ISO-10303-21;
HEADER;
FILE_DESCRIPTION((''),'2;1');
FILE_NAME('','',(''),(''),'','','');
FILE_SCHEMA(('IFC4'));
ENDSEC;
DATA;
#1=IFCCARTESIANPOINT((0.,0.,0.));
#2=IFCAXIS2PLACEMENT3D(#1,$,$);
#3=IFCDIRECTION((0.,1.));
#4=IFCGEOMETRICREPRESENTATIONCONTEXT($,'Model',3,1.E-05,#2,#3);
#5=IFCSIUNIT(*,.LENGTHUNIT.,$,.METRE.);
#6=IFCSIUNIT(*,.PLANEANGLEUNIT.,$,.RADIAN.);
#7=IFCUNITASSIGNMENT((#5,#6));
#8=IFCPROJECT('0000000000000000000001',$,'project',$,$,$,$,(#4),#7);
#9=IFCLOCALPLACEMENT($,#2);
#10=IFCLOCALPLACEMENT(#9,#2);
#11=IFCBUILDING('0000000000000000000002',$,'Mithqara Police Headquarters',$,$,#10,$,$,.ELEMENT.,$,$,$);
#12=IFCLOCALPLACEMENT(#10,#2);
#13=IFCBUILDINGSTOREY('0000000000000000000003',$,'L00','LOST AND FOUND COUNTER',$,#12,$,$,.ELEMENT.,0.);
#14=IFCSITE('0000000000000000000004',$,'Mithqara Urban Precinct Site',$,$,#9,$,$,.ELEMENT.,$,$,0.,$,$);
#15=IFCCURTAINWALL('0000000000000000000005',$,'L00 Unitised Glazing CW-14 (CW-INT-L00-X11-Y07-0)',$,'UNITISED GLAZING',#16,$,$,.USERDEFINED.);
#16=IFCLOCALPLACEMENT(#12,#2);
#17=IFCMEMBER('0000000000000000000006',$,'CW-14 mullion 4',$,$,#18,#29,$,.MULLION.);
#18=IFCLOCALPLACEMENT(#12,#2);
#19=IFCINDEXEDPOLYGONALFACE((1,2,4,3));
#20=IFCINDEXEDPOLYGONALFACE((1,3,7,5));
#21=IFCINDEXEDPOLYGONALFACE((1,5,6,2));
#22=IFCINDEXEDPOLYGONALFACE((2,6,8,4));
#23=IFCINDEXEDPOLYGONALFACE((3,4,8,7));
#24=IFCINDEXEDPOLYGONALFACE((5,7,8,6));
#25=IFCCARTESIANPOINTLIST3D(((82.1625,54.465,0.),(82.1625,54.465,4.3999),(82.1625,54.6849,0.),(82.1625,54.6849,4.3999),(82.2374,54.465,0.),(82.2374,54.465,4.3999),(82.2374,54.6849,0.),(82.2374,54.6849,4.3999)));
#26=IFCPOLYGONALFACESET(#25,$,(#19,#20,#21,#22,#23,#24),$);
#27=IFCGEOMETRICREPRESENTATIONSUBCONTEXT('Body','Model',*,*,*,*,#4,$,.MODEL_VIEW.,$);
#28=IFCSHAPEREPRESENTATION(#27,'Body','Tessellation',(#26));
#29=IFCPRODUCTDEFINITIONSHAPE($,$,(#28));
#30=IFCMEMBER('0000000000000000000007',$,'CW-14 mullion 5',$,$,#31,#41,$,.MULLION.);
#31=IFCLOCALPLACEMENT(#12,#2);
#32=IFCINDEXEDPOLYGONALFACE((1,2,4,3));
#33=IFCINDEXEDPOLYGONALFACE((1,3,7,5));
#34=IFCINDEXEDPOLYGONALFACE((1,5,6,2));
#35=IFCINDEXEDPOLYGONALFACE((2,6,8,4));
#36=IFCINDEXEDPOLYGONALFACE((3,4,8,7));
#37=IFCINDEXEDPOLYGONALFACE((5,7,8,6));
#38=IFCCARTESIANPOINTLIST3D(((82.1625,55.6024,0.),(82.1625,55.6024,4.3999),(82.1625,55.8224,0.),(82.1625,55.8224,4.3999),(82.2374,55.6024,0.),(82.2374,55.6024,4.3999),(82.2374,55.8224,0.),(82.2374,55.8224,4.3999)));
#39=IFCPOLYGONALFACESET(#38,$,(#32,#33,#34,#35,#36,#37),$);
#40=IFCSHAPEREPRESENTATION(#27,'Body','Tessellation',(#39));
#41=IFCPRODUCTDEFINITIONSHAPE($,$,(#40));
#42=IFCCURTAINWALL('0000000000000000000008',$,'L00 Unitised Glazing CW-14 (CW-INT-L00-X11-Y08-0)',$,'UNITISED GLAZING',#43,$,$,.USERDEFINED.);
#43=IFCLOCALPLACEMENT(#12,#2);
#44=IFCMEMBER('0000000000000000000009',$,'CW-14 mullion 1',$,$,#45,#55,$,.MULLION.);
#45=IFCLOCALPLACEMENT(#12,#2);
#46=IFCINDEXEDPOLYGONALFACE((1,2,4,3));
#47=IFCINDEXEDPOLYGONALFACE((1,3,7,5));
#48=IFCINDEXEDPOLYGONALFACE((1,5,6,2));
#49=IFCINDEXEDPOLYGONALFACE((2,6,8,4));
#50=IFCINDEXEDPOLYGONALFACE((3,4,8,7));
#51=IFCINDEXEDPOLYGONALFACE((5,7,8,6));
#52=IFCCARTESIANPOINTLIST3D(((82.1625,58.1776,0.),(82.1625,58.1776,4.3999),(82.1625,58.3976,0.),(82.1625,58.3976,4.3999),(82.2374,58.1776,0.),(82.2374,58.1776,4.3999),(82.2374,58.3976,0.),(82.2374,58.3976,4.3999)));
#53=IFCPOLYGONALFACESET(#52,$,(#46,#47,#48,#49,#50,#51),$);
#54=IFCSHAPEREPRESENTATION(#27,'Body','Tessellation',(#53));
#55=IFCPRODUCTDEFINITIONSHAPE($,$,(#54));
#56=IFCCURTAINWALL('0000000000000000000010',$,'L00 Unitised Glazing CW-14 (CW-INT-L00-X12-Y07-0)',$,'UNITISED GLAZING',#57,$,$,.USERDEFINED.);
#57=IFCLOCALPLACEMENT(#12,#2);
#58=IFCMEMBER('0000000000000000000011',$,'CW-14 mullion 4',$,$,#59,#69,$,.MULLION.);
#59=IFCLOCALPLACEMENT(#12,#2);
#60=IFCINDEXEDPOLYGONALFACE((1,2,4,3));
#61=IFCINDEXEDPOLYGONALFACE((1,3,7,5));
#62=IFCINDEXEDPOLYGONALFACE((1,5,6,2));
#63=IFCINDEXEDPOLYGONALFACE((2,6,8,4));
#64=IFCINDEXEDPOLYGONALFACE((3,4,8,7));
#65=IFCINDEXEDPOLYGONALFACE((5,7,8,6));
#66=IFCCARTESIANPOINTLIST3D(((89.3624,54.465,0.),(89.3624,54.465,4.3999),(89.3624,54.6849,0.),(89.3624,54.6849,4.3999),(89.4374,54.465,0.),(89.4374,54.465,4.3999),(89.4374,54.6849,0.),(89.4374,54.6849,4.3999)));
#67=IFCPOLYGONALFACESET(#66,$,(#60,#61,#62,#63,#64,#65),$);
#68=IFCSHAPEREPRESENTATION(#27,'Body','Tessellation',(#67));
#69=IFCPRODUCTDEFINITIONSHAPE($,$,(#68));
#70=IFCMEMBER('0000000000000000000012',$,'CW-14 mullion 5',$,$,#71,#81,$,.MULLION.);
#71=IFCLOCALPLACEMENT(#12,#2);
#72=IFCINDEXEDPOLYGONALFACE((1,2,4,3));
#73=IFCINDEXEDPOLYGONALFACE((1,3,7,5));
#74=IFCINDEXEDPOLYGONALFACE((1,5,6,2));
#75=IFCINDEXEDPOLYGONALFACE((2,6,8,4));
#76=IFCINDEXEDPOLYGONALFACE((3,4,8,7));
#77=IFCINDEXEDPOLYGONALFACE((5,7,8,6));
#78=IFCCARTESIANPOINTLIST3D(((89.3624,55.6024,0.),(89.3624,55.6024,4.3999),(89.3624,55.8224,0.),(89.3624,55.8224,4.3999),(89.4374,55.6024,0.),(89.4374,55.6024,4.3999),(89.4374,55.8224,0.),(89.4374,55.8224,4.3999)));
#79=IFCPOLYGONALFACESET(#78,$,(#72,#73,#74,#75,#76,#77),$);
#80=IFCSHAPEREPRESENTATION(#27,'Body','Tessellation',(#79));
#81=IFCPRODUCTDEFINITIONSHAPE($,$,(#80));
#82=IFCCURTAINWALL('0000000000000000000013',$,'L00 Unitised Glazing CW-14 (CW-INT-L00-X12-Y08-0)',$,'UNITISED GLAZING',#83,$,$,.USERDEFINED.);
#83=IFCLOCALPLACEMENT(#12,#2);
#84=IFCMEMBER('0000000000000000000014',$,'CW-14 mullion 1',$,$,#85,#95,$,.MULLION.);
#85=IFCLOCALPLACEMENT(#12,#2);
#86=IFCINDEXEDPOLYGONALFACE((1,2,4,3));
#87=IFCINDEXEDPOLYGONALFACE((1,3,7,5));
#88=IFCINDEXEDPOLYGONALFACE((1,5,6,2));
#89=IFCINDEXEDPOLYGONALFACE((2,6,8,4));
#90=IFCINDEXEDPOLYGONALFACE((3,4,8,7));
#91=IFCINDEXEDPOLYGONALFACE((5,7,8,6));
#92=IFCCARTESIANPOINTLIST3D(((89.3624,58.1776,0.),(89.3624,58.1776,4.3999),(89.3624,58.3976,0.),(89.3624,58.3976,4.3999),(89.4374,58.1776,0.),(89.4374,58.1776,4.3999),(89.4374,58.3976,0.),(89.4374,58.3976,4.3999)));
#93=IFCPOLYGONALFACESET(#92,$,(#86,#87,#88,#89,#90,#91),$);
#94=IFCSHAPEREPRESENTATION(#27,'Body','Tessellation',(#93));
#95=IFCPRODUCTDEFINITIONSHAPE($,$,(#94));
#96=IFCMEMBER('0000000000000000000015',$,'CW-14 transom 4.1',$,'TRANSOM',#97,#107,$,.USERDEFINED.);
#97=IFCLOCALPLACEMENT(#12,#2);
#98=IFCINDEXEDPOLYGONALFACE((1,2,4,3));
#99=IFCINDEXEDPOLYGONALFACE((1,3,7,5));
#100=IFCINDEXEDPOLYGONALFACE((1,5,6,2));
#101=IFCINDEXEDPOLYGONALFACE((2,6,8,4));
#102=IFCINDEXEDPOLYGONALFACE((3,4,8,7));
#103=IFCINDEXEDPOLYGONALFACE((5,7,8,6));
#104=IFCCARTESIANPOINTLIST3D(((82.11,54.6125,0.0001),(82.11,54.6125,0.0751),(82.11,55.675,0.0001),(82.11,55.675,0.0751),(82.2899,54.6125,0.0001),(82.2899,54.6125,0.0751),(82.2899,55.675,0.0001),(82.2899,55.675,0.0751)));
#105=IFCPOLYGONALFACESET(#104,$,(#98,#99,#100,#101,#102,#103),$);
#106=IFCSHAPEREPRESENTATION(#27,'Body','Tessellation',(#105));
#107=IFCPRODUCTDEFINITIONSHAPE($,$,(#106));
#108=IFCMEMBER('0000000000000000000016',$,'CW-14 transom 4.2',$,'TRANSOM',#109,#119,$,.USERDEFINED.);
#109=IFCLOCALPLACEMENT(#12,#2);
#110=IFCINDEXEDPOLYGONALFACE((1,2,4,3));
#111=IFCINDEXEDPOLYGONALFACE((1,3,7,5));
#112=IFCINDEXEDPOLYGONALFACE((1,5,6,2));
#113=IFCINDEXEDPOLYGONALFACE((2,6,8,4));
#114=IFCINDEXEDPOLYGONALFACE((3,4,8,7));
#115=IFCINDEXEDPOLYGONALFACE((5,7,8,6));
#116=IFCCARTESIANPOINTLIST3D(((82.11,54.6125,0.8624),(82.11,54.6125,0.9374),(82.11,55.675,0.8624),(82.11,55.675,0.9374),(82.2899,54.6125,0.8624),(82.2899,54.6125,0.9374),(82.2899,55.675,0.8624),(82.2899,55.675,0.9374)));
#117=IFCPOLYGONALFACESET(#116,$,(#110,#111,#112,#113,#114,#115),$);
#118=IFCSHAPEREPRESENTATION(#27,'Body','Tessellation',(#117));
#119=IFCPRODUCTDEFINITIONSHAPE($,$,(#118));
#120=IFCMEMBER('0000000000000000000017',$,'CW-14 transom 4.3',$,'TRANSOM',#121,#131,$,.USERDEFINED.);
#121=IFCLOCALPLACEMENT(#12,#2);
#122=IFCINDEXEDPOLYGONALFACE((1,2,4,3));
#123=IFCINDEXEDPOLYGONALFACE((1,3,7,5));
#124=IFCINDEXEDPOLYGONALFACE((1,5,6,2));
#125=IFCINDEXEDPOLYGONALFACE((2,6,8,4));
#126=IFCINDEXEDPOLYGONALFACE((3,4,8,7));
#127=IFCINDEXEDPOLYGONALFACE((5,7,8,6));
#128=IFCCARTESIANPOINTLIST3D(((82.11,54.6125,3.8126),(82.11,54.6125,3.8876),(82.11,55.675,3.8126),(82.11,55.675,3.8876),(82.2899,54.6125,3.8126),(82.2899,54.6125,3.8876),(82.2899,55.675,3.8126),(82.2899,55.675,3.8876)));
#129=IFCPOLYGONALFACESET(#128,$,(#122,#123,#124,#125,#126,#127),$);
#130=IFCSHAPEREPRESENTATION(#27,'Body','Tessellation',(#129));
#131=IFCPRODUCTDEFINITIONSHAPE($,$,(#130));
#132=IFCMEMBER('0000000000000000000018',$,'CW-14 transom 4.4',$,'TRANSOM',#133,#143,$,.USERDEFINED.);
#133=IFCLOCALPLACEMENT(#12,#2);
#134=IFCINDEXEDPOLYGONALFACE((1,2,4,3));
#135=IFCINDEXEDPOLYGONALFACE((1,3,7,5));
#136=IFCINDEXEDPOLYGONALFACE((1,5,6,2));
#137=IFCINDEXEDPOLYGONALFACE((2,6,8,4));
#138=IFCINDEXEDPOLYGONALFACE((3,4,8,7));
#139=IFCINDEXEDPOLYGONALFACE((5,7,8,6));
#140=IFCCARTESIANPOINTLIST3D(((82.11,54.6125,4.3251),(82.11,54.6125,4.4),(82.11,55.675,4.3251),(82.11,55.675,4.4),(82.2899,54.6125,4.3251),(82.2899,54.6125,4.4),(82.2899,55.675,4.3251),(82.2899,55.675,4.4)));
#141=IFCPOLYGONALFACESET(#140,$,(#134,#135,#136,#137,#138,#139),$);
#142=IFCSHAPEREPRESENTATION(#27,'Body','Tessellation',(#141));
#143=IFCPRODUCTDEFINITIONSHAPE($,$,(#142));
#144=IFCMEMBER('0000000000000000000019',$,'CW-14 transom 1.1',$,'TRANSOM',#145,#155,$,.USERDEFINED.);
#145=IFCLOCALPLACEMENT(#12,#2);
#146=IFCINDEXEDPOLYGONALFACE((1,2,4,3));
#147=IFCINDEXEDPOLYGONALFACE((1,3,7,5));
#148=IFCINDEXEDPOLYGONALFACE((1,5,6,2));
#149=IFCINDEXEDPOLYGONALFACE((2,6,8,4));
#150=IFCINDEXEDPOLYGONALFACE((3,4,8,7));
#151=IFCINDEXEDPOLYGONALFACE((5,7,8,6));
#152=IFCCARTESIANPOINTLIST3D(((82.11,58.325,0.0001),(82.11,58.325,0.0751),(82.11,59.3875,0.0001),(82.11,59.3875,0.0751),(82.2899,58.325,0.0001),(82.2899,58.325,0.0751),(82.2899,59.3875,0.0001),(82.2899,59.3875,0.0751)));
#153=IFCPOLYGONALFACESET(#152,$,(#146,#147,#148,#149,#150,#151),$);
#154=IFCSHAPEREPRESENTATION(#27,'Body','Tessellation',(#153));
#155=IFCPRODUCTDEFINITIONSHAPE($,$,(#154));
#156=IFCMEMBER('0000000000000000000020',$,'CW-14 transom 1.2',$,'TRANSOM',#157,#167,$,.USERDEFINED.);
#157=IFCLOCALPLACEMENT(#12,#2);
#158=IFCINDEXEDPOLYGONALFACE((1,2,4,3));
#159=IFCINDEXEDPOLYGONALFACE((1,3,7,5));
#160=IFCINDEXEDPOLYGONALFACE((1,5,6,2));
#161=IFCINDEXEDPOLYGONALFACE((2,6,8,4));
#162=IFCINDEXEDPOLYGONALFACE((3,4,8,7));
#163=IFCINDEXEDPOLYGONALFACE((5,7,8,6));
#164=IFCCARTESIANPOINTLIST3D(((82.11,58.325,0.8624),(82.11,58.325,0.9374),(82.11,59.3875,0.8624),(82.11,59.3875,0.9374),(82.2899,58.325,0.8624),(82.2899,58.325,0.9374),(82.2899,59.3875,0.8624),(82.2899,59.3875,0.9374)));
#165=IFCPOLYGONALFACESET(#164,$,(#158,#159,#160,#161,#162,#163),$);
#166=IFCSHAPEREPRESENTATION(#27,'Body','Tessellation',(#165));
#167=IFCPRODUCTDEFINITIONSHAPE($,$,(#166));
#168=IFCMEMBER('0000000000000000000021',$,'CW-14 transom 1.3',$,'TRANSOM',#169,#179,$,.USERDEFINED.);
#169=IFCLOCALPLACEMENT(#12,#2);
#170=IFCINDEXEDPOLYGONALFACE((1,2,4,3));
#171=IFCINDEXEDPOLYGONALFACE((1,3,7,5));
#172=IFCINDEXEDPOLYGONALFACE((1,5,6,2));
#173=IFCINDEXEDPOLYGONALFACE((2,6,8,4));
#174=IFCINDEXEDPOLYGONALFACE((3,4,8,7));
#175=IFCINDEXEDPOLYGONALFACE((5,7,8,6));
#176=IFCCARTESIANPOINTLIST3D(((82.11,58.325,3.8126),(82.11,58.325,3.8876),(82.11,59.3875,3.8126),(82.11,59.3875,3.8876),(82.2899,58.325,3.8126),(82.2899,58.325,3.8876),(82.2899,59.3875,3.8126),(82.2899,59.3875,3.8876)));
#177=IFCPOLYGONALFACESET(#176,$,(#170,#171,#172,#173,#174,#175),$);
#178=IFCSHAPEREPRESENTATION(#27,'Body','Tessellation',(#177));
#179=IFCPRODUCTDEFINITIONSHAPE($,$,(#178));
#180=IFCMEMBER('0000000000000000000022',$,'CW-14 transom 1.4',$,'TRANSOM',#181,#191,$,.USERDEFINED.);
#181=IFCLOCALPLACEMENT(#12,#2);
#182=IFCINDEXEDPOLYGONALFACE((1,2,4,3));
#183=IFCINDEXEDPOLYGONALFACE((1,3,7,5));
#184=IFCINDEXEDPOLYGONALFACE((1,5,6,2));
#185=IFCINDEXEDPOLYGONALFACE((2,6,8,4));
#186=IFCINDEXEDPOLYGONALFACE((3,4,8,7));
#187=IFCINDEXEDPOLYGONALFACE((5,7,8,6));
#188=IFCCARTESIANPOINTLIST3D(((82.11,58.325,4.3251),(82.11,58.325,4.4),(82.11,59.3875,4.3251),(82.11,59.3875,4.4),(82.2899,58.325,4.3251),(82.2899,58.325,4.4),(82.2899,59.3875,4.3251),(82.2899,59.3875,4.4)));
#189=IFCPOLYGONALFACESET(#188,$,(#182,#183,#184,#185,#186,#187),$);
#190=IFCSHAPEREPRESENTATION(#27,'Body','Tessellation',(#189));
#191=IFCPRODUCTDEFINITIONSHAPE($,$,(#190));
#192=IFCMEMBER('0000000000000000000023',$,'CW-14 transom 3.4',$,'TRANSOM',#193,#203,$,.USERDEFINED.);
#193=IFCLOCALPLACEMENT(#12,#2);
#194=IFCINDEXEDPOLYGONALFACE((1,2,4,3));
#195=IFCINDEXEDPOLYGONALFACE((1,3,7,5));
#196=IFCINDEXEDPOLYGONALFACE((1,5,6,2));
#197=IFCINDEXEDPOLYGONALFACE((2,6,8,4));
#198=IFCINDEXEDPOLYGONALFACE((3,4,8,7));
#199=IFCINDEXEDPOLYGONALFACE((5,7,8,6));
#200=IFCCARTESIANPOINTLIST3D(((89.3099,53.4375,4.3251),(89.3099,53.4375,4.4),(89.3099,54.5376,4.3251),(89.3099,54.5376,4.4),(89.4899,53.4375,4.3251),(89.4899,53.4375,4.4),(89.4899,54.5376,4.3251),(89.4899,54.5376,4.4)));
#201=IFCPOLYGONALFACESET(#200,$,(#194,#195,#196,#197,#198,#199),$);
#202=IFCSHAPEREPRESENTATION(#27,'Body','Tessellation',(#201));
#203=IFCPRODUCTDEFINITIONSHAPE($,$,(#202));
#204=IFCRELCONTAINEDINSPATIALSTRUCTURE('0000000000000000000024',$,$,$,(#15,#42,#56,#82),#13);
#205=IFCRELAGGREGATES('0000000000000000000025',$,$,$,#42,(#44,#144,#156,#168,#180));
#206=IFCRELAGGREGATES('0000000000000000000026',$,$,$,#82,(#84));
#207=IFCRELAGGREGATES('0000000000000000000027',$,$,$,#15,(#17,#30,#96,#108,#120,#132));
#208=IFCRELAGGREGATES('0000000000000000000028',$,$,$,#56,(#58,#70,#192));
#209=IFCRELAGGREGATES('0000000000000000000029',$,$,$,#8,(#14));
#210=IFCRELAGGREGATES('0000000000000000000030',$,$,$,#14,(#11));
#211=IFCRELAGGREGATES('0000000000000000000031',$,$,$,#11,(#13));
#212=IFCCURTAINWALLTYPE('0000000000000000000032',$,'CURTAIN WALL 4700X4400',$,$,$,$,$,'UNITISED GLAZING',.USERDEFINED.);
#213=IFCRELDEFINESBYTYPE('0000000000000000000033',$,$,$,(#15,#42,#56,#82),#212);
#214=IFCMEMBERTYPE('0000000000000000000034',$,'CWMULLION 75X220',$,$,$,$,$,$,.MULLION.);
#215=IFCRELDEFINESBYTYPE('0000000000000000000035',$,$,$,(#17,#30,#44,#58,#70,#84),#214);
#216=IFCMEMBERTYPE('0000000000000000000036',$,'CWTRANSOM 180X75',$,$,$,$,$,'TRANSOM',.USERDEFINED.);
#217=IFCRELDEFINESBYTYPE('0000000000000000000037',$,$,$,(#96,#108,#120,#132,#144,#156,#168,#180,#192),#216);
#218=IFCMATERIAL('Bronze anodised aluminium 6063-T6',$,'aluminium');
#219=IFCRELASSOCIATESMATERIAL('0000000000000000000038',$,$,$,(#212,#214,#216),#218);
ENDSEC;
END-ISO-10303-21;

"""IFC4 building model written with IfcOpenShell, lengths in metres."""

from ifc_helpers import new_model, si_unit, direction, frame, origin, origin_2d, place, context, subcontext, project, spatial, rectangle, extrude, material, material_profile, profile_set, type_object, element, aggregate, save


model = new_model("IFC4")

# Units and contexts
model_context = context("Model", 3, precision=1e-05, world=origin(), true_north=direction((0.0, 1.0)))
body_context = subcontext(model_context, "Body", "Model", "MODEL_VIEW")
ifc_project = project(units=[si_unit("LENGTHUNIT", "METRE"), si_unit("PLANEANGLEUNIT", "RADIAN")], contexts=[model_context])

# Site, building, storey
site_placement = place(None, origin())
site = spatial("IfcSite", under=ifc_project, at=site_placement, Name="Mithqara Urban Precinct Site", CompositionType="ELEMENT", RefElevation=0.0)
building_placement = place(site_placement, origin())
building = spatial("IfcBuilding", under=site, at=building_placement, Name="Mithqara Police Headquarters", CompositionType="ELEMENT")
storey_placement = place(building_placement, origin())
storey = spatial("IfcBuildingStorey", under=building, at=storey_placement, Name="L00", Description="LOST AND FOUND COUNTER", CompositionType="ELEMENT", Elevation=0.0)

# Curtain wall, members
ifc_material_1 = material(Name="Bronze anodised aluminium 6063-T6", Category="aluminium")
curtain_wall_type = type_object("IfcCurtainWallType", Name="CURTAIN WALL 4700X4400", ElementType="UNITISED GLAZING", PredefinedType="USERDEFINED", material=ifc_material_1)
curtain_wall_1_placement = place(storey_placement, origin())
curtain_wall_1 = element("IfcCurtainWall", 1, at=curtain_wall_1_placement, inside=storey, type_object=curtain_wall_type, Name="L00 Unitised Glazing CW-14 (CW-INT-L00-X11-Y07-0)", ObjectType="UNITISED GLAZING", PredefinedType="USERDEFINED")
ifc_material_profile_1 = material_profile(ifc_material_1, rectangle(XDim=0.075, YDim=0.22, at=origin_2d()), Name="CWM 75x220")
ifc_profile_set_1 = profile_set([ifc_material_profile_1], Name="Bronze anodised aluminium 6063-T6")
member_type_1 = type_object("IfcMemberType", Name="CWMULLION 75X220", PredefinedType="MULLION", material=ifc_profile_set_1)
member_1_placement = place(storey_placement, frame((82.2, 54.575, 0.0), z_axis=(0.0, 0.0, 1.0), x_axis=(-1.0, 0.0, 0.0)))
member_1 = element("IfcMember", 2, at=member_1_placement, type_object=member_type_1, Name="CW-14 mullion 4", PredefinedType="MULLION", context=body_context, shape_type="SweptSolid", body=[
    extrude(rectangle(XDim=0.075, YDim=0.22, at=origin_2d()), origin(), (0.0, 0.0, 1.0), 4.3999),
])
member_2_placement = place(storey_placement, frame((82.2, 55.7124, 0.0), z_axis=(0.0, 0.0, 1.0), x_axis=(-1.0, 0.0, 0.0)))
member_2 = element("IfcMember", 3, at=member_2_placement, type_object=member_type_1, Name="CW-14 mullion 5", PredefinedType="MULLION", context=body_context, shape_type="SweptSolid", body=[
    extrude(rectangle(XDim=0.075, YDim=0.22, at=origin_2d()), origin(), (0.0, 0.0, 1.0), 4.3999),
])

# Curtain wall, member
curtain_wall_2_placement = place(storey_placement, origin())
curtain_wall_2 = element("IfcCurtainWall", 4, at=curtain_wall_2_placement, inside=storey, type_object=curtain_wall_type, Name="L00 Unitised Glazing CW-14 (CW-INT-L00-X11-Y08-0)", ObjectType="UNITISED GLAZING", PredefinedType="USERDEFINED")
member_3_placement = place(storey_placement, frame((82.2, 58.2876, 0.0), z_axis=(0.0, 0.0, 1.0), x_axis=(-1.0, 0.0, 0.0)))
member_3 = element("IfcMember", 5, at=member_3_placement, type_object=member_type_1, Name="CW-14 mullion 1", PredefinedType="MULLION", context=body_context, shape_type="SweptSolid", body=[
    extrude(rectangle(XDim=0.075, YDim=0.22, at=origin_2d()), origin(), (0.0, 0.0, 1.0), 4.3999),
])

# Curtain wall, members
curtain_wall_3_placement = place(storey_placement, origin())
curtain_wall_3 = element("IfcCurtainWall", 6, at=curtain_wall_3_placement, inside=storey, type_object=curtain_wall_type, Name="L00 Unitised Glazing CW-14 (CW-INT-L00-X12-Y07-0)", ObjectType="UNITISED GLAZING", PredefinedType="USERDEFINED")
member_4_placement = place(storey_placement, frame((89.3999, 54.575, 0.0), z_axis=(0.0, 0.0, 1.0), x_axis=(-1.0, 0.0, 0.0)))
member_4 = element("IfcMember", 7, at=member_4_placement, type_object=member_type_1, Name="CW-14 mullion 4", PredefinedType="MULLION", context=body_context, shape_type="SweptSolid", body=[
    extrude(rectangle(XDim=0.075, YDim=0.22, at=origin_2d()), origin(), (0.0, 0.0, 1.0), 4.3999),
])
member_5_placement = place(storey_placement, frame((89.3999, 55.7124, 0.0), z_axis=(0.0, 0.0, 1.0), x_axis=(-1.0, 0.0, 0.0)))
member_5 = element("IfcMember", 8, at=member_5_placement, type_object=member_type_1, Name="CW-14 mullion 5", PredefinedType="MULLION", context=body_context, shape_type="SweptSolid", body=[
    extrude(rectangle(XDim=0.075, YDim=0.22, at=origin_2d()), origin(), (0.0, 0.0, 1.0), 4.3999),
])

# Curtain wall, member
curtain_wall_4_placement = place(storey_placement, origin())
curtain_wall_4 = element("IfcCurtainWall", 9, at=curtain_wall_4_placement, inside=storey, type_object=curtain_wall_type, Name="L00 Unitised Glazing CW-14 (CW-INT-L00-X12-Y08-0)", ObjectType="UNITISED GLAZING", PredefinedType="USERDEFINED")
member_6_placement = place(storey_placement, frame((89.3999, 58.2876, 0.0), z_axis=(0.0, 0.0, 1.0), x_axis=(-1.0, 0.0, 0.0)))
member_6 = element("IfcMember", 10, at=member_6_placement, type_object=member_type_1, Name="CW-14 mullion 1", PredefinedType="MULLION", context=body_context, shape_type="SweptSolid", body=[
    extrude(rectangle(XDim=0.075, YDim=0.22, at=origin_2d()), origin(), (0.0, 0.0, 1.0), 4.3999),
])

# Members
ifc_material_profile_2 = material_profile(ifc_material_1, rectangle(XDim=0.1799, YDim=0.075, at=origin_2d()), Name="CWT 180x75")
ifc_profile_set_2 = profile_set([ifc_material_profile_2], Name="Bronze anodised aluminium 6063-T6")
member_type_2 = type_object("IfcMemberType", Name="CWTRANSOM 180X75", ElementType="TRANSOM", PredefinedType="USERDEFINED", material=ifc_profile_set_2)
member_7_placement = place(storey_placement, frame((82.2, 54.6125, 0.0376), z_axis=(0.0, 1.0, 0.0), x_axis=(-1.0, 0.0, 0.0)))
member_7 = element("IfcMember", 11, at=member_7_placement, type_object=member_type_2, Name="CW-14 transom 4.1", ObjectType="TRANSOM", PredefinedType="USERDEFINED", context=body_context, shape_type="SweptSolid", body=[
    extrude(rectangle(XDim=0.1799, YDim=0.075, at=origin_2d()), origin(), (0.0, 0.0, 1.0), 1.0625),
])
member_8_placement = place(storey_placement, frame((82.2, 54.6125, 0.8999), z_axis=(0.0, 1.0, 0.0), x_axis=(-1.0, 0.0, 0.0)))
member_8 = element("IfcMember", 12, at=member_8_placement, type_object=member_type_2, Name="CW-14 transom 4.2", ObjectType="TRANSOM", PredefinedType="USERDEFINED", context=body_context, shape_type="SweptSolid", body=[
    extrude(rectangle(XDim=0.1799, YDim=0.075, at=origin_2d()), origin(), (0.0, 0.0, 1.0), 1.0625),
])
member_9_placement = place(storey_placement, frame((82.2, 54.6125, 3.8501), z_axis=(0.0, 1.0, 0.0), x_axis=(-1.0, 0.0, 0.0)))
member_9 = element("IfcMember", 13, at=member_9_placement, type_object=member_type_2, Name="CW-14 transom 4.3", ObjectType="TRANSOM", PredefinedType="USERDEFINED", context=body_context, shape_type="SweptSolid", body=[
    extrude(rectangle(XDim=0.1799, YDim=0.075, at=origin_2d()), origin(), (0.0, 0.0, 1.0), 1.0625),
])
member_10_placement = place(storey_placement, frame((82.2, 54.6125, 4.3625), z_axis=(0.0, 1.0, 0.0), x_axis=(-1.0, 0.0, 0.0)))
member_10 = element("IfcMember", 14, at=member_10_placement, type_object=member_type_2, Name="CW-14 transom 4.4", ObjectType="TRANSOM", PredefinedType="USERDEFINED", context=body_context, shape_type="SweptSolid", body=[
    extrude(rectangle(XDim=0.1799, YDim=0.075, at=origin_2d()), origin(), (0.0, 0.0, 1.0), 1.0625),
])
member_11_placement = place(storey_placement, frame((82.2, 58.325, 0.0376), z_axis=(0.0, 1.0, 0.0), x_axis=(-1.0, 0.0, 0.0)))
member_11 = element("IfcMember", 15, at=member_11_placement, type_object=member_type_2, Name="CW-14 transom 1.1", ObjectType="TRANSOM", PredefinedType="USERDEFINED", context=body_context, shape_type="SweptSolid", body=[
    extrude(rectangle(XDim=0.1799, YDim=0.075, at=origin_2d()), origin(), (0.0, 0.0, 1.0), 1.0625),
])
member_12_placement = place(storey_placement, frame((82.2, 58.325, 0.8999), z_axis=(0.0, 1.0, 0.0), x_axis=(-1.0, 0.0, 0.0)))
member_12 = element("IfcMember", 16, at=member_12_placement, type_object=member_type_2, Name="CW-14 transom 1.2", ObjectType="TRANSOM", PredefinedType="USERDEFINED", context=body_context, shape_type="SweptSolid", body=[
    extrude(rectangle(XDim=0.1799, YDim=0.075, at=origin_2d()), origin(), (0.0, 0.0, 1.0), 1.0625),
])
member_13_placement = place(storey_placement, frame((82.2, 58.325, 3.8501), z_axis=(0.0, 1.0, 0.0), x_axis=(-1.0, 0.0, 0.0)))
member_13 = element("IfcMember", 17, at=member_13_placement, type_object=member_type_2, Name="CW-14 transom 1.3", ObjectType="TRANSOM", PredefinedType="USERDEFINED", context=body_context, shape_type="SweptSolid", body=[
    extrude(rectangle(XDim=0.1799, YDim=0.075, at=origin_2d()), origin(), (0.0, 0.0, 1.0), 1.0625),
])
member_14_placement = place(storey_placement, frame((82.2, 58.325, 4.3625), z_axis=(0.0, 1.0, 0.0), x_axis=(-1.0, 0.0, 0.0)))
member_14 = element("IfcMember", 18, at=member_14_placement, type_object=member_type_2, Name="CW-14 transom 1.4", ObjectType="TRANSOM", PredefinedType="USERDEFINED", context=body_context, shape_type="SweptSolid", body=[
    extrude(rectangle(XDim=0.1799, YDim=0.075, at=origin_2d()), origin(), (0.0, 0.0, 1.0), 1.0625),
])
aggregate(curtain_wall_2, [member_3, member_11, member_12, member_13, member_14])
member_15_placement = place(storey_placement, frame((89.3999, 53.4375, 4.3625), z_axis=(0.0, 1.0, 0.0), x_axis=(-1.0, 0.0, 0.0)))
member_15 = element("IfcMember", 19, at=member_15_placement, type_object=member_type_2, Name="CW-14 transom 3.4", ObjectType="TRANSOM", PredefinedType="USERDEFINED", context=body_context, shape_type="SweptSolid", body=[
    extrude(rectangle(XDim=0.1799, YDim=0.075, at=origin_2d()), origin(), (0.0, 0.0, 1.0), 1.1001),
])
aggregate(curtain_wall_4, [member_6])

aggregate(curtain_wall_1, [member_1, member_2, member_7, member_8, member_9, member_10])
aggregate(curtain_wall_3, [member_4, member_5, member_15])

save(model, "model.ifc")
